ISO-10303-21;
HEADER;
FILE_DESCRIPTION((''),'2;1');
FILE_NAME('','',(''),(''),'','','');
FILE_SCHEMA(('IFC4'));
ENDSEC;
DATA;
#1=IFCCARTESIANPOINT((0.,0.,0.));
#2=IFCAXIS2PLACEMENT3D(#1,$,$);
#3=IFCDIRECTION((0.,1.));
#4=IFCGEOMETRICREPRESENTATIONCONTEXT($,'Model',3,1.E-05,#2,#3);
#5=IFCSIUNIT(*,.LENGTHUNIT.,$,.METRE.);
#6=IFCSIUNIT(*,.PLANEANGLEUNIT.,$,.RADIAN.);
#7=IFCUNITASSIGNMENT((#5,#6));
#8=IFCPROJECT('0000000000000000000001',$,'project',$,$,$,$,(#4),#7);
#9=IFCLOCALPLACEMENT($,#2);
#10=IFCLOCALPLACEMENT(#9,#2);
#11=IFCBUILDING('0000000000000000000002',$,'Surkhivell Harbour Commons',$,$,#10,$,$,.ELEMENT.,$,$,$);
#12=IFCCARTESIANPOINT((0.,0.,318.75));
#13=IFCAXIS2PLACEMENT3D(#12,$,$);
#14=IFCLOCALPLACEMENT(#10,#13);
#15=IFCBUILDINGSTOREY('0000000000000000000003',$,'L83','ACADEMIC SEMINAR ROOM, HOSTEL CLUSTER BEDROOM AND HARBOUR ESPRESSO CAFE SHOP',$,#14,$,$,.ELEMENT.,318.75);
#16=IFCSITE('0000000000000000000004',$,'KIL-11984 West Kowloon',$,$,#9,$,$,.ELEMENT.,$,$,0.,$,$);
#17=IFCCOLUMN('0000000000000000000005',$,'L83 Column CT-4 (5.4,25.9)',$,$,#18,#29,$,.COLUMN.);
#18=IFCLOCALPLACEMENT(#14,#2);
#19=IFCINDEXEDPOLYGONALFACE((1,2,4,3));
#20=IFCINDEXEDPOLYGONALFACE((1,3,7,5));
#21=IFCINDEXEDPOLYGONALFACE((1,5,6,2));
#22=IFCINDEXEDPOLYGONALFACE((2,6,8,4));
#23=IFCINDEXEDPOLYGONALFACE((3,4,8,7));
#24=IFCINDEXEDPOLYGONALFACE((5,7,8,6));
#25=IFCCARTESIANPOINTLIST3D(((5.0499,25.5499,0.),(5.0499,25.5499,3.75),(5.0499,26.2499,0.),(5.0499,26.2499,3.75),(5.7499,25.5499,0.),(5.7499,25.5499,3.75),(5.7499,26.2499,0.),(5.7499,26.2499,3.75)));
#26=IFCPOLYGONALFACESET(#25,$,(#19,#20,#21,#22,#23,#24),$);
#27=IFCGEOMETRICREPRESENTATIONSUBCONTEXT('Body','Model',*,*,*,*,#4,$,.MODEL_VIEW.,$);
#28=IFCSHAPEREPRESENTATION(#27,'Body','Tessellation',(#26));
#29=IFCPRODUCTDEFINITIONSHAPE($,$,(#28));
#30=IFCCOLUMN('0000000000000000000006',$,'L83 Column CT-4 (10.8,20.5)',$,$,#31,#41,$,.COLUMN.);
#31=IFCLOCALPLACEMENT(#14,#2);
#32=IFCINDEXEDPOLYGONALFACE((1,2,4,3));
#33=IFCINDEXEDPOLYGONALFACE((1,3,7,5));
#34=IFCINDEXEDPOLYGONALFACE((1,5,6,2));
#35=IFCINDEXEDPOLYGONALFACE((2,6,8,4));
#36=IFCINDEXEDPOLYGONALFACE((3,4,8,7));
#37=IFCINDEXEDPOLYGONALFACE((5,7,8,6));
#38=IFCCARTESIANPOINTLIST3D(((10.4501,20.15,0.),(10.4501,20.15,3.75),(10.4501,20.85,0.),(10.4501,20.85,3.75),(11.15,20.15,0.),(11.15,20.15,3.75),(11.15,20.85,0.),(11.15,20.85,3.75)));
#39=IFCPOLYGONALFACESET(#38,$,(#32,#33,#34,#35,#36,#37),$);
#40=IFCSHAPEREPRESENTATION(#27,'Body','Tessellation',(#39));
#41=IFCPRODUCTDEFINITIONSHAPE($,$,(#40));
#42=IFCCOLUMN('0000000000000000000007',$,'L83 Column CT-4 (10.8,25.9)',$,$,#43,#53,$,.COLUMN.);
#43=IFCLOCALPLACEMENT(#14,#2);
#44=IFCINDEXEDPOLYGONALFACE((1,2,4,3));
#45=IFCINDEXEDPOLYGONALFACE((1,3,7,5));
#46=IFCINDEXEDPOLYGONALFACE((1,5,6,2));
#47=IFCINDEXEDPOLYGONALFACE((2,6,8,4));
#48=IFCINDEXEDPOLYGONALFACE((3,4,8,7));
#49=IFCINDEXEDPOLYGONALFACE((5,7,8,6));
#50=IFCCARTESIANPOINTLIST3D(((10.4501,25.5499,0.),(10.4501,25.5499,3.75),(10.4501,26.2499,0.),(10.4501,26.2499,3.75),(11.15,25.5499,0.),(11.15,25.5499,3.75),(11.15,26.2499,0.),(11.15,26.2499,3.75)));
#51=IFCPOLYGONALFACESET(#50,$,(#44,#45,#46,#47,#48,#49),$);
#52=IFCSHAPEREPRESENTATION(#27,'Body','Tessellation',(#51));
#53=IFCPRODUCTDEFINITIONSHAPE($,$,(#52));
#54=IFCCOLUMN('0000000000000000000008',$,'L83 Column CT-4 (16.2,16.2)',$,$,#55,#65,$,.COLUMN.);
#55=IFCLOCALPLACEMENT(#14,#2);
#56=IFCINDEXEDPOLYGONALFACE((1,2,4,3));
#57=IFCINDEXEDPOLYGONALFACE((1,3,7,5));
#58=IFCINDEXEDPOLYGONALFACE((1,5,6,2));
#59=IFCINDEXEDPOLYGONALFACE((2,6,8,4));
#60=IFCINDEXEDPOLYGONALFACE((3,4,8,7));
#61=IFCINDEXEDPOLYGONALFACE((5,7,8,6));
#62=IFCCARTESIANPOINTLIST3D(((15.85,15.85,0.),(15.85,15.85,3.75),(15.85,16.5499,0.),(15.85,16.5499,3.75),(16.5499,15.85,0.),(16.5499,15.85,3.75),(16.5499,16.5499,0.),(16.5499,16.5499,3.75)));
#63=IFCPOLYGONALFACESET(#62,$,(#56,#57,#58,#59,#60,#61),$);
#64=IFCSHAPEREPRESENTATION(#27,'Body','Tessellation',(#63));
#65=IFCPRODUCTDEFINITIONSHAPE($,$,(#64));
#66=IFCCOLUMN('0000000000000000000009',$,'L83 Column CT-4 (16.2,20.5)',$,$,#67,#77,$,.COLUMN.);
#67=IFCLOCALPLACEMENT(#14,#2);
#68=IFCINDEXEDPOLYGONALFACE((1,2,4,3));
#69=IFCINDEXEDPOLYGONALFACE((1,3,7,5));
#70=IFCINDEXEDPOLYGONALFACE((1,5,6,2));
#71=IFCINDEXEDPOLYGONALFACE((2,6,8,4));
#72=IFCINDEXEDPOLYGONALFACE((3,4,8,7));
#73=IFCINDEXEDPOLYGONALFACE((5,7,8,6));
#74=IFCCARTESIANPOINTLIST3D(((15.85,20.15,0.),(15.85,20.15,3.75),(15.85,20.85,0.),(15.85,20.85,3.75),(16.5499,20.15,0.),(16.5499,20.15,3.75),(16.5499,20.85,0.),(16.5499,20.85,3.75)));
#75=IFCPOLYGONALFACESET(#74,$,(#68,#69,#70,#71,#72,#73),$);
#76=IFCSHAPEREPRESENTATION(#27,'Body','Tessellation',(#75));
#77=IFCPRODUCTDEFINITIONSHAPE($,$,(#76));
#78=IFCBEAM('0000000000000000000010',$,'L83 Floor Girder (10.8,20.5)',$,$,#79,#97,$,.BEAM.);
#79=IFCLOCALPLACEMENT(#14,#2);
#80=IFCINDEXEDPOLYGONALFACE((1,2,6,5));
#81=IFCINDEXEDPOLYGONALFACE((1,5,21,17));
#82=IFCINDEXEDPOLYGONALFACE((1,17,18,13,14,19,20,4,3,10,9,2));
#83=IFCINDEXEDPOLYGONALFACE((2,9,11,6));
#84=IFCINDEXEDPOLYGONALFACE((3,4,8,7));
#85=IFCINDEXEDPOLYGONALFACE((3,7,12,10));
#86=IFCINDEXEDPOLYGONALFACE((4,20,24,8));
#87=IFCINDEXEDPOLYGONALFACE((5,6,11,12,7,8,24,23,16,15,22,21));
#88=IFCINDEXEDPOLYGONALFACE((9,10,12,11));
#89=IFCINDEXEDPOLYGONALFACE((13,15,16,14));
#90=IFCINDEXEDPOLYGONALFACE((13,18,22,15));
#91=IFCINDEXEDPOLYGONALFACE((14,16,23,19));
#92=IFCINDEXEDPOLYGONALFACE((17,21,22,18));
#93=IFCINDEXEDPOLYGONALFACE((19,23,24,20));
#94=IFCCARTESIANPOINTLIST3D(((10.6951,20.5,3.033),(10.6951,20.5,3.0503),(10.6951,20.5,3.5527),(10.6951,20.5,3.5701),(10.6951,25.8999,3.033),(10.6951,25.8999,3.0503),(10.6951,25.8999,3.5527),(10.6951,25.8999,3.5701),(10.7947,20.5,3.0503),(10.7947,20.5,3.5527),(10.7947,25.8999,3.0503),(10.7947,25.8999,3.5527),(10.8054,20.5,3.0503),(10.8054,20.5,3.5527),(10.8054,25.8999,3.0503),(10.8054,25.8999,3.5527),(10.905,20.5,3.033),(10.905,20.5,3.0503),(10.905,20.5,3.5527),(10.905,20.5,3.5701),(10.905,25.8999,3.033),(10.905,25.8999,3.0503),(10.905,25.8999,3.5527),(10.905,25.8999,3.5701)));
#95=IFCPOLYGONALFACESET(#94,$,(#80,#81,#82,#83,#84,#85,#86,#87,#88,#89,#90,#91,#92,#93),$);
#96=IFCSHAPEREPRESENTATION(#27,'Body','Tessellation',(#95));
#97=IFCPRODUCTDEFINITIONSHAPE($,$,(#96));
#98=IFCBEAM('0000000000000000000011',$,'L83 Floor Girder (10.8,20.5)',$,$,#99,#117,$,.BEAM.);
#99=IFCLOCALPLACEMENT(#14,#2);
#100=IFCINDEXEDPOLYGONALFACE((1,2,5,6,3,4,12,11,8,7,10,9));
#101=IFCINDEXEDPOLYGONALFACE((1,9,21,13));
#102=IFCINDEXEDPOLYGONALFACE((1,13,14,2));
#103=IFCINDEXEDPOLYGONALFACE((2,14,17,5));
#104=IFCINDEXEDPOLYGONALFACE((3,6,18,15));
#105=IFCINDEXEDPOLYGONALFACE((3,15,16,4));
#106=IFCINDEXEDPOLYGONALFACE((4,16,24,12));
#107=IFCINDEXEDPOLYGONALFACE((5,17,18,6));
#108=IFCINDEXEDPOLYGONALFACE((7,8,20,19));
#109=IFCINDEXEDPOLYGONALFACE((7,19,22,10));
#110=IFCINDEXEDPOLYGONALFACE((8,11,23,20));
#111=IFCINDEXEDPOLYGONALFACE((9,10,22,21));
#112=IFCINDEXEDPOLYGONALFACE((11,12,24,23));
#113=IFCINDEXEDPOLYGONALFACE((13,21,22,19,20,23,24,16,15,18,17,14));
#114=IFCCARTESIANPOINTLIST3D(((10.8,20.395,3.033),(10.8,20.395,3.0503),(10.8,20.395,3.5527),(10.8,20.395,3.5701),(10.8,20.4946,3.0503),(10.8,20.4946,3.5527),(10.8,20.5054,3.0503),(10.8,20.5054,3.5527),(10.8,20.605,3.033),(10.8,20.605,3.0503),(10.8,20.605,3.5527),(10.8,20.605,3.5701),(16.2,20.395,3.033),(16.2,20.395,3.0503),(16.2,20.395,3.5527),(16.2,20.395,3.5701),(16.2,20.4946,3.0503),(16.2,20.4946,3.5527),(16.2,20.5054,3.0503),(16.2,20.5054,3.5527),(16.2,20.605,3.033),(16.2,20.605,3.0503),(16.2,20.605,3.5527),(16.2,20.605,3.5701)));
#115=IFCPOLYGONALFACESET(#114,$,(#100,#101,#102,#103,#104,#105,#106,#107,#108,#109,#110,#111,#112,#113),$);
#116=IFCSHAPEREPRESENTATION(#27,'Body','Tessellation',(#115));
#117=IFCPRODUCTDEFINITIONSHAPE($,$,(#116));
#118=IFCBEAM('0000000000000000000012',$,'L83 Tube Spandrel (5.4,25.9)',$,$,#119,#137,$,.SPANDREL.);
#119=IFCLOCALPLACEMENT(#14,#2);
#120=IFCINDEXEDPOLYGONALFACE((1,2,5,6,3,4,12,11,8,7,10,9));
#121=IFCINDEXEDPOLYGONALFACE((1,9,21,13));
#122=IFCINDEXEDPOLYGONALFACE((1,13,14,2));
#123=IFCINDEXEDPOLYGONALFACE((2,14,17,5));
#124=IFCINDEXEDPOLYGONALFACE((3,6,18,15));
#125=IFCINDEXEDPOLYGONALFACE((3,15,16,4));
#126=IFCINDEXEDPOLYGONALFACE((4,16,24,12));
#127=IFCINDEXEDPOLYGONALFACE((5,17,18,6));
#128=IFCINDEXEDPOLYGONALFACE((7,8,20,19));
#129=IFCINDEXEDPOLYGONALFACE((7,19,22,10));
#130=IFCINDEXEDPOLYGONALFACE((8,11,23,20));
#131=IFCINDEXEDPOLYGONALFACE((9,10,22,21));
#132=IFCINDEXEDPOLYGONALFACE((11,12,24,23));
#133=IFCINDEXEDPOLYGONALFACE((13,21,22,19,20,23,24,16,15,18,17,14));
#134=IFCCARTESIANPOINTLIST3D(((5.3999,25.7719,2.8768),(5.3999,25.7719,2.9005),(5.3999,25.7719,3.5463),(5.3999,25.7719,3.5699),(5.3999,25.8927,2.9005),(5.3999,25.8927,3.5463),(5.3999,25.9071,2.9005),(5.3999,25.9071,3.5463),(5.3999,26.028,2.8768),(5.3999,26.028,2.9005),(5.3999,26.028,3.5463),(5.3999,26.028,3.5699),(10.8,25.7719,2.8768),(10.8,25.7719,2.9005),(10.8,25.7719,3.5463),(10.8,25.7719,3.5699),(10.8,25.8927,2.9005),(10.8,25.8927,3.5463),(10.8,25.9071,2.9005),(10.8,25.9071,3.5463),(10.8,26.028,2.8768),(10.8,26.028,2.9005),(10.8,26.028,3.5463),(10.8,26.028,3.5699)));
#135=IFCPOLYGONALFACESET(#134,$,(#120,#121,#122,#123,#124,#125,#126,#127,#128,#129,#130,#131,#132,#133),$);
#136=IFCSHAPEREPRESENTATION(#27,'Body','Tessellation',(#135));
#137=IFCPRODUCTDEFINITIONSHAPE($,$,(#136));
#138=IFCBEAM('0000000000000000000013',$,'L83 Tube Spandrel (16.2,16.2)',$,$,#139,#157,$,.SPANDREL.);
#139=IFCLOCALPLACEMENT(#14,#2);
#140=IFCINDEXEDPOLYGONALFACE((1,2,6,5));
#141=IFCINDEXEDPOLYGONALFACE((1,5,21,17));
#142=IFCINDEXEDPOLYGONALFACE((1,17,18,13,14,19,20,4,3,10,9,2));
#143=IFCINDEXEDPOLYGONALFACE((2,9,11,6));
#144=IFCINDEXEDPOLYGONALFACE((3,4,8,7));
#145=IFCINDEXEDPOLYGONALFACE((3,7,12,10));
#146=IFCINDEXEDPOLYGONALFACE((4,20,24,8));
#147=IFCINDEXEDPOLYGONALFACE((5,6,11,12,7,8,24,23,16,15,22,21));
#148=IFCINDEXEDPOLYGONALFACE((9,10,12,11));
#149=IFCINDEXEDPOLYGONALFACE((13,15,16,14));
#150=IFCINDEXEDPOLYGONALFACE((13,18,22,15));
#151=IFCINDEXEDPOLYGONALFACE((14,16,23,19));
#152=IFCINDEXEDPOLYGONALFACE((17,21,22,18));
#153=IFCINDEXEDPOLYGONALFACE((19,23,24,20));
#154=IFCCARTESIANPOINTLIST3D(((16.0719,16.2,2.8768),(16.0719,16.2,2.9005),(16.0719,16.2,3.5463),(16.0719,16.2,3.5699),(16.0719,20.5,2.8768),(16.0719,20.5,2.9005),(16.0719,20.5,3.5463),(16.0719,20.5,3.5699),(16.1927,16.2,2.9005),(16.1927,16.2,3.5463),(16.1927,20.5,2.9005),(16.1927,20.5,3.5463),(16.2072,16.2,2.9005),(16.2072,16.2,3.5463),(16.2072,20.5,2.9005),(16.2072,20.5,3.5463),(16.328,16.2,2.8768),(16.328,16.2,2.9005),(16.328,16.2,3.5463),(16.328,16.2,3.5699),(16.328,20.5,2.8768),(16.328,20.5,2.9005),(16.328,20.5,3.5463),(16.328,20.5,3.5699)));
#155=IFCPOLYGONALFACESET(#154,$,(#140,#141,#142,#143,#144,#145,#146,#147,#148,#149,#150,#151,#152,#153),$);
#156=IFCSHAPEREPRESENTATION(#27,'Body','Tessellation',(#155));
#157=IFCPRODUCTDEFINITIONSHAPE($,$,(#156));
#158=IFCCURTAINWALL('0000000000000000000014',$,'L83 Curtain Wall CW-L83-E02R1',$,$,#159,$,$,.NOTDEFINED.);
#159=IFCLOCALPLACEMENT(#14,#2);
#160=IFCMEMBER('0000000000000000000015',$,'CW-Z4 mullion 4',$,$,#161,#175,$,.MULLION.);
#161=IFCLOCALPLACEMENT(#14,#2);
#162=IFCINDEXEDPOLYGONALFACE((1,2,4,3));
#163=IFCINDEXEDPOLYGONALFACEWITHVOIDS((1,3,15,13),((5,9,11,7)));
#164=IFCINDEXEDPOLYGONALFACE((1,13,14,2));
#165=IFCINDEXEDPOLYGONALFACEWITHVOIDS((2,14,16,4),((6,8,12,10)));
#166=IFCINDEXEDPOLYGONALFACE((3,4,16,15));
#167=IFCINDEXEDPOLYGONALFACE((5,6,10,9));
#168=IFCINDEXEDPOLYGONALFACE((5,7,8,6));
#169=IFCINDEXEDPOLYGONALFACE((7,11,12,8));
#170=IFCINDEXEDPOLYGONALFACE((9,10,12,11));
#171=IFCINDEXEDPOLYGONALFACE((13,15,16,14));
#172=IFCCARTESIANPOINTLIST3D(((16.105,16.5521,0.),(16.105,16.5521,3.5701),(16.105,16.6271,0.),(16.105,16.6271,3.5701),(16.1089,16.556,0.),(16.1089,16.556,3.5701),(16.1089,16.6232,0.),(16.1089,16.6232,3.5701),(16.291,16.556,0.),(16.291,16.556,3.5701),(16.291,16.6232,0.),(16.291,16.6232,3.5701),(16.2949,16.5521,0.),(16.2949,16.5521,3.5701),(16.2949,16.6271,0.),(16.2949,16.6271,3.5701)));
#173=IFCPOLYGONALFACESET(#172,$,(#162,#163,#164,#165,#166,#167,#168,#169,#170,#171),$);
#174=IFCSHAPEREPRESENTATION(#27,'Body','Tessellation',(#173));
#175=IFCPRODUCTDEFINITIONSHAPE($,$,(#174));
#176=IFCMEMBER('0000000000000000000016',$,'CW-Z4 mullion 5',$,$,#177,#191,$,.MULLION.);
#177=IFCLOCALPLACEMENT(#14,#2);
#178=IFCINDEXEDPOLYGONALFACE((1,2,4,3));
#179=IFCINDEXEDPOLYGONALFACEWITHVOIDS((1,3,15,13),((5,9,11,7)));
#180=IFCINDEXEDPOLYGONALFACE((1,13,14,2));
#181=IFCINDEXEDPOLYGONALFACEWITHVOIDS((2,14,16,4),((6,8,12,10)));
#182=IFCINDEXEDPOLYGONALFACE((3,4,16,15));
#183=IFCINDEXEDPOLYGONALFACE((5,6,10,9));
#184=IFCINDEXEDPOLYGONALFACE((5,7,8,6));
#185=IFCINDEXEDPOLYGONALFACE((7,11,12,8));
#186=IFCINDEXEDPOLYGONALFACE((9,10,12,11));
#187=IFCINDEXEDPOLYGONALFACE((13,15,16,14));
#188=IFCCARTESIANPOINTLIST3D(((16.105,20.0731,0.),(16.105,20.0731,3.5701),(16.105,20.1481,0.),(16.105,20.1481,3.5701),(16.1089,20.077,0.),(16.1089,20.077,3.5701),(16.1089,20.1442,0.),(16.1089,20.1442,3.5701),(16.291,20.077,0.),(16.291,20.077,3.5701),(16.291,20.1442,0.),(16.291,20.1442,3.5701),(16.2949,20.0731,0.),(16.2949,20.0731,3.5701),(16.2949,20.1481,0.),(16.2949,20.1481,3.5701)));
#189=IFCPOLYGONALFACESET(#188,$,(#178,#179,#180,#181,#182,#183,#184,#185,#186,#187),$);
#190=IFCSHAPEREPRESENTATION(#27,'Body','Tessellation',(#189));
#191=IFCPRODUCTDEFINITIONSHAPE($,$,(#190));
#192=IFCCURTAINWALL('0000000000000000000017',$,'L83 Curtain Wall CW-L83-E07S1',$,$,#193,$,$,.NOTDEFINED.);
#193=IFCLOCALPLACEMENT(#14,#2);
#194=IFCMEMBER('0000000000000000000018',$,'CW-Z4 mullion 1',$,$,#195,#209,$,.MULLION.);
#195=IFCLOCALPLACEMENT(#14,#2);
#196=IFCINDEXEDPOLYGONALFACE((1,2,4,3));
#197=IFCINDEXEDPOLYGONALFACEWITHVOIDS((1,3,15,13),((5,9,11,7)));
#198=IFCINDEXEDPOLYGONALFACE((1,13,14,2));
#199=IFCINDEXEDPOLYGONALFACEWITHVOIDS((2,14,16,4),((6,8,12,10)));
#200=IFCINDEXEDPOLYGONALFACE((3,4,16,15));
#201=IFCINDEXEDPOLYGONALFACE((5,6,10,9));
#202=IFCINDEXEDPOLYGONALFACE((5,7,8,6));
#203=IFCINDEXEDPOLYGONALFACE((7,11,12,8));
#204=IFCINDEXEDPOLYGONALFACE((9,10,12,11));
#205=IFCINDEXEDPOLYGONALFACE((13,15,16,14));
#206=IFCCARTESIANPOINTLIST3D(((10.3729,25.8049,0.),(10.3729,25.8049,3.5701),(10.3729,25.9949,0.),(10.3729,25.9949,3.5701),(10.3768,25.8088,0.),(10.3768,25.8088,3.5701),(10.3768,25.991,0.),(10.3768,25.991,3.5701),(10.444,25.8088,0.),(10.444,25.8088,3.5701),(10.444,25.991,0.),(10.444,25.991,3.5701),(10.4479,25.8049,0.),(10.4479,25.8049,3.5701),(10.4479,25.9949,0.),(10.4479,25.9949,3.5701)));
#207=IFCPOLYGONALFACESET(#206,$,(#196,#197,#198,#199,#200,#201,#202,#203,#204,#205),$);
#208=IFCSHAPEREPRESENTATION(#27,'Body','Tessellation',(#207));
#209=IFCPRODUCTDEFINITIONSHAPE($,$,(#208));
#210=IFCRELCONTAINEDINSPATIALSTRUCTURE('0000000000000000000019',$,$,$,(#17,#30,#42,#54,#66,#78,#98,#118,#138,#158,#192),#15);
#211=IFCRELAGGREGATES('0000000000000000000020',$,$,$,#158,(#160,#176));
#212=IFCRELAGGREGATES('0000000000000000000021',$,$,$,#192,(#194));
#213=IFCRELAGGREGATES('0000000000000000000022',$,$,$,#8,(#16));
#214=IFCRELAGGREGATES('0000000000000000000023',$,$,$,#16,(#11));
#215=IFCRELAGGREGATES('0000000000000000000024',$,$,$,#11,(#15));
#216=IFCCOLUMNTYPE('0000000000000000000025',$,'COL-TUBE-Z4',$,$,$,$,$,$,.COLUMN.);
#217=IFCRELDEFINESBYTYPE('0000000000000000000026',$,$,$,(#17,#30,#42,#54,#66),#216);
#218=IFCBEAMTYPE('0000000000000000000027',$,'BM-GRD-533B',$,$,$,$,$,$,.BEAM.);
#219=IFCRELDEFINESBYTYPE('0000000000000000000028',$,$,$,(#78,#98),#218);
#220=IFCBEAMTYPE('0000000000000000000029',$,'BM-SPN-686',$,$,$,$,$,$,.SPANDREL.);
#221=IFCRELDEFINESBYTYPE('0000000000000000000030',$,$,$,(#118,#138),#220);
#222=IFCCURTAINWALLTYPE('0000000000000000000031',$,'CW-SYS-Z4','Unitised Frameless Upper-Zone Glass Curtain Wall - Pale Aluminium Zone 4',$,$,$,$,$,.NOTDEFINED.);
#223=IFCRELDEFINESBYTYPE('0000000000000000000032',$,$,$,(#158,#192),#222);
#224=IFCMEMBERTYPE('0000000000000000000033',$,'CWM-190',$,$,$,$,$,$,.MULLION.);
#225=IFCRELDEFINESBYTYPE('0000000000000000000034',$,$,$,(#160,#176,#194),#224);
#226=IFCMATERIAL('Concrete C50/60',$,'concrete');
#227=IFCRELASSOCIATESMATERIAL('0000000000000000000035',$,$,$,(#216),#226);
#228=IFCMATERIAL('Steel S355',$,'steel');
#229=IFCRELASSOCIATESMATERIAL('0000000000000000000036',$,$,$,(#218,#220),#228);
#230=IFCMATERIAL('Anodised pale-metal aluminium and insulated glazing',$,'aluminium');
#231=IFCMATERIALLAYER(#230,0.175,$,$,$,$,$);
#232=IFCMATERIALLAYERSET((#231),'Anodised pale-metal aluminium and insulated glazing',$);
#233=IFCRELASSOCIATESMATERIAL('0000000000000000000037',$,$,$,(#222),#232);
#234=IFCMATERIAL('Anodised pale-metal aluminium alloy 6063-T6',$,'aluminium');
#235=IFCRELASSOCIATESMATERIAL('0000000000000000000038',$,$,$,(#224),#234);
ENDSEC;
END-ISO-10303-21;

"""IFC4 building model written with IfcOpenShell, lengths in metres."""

from ifc_helpers import new_model, si_unit, direction, frame, origin, origin_2d, place, context, subcontext, project, spatial, rectangle, hollow_rectangle, i_section, extrude, material, layer, layer_set, material_profile, profile_set, type_object, element, aggregate, save


model = new_model("IFC4")

# Units and contexts
model_context = context("Model", 3, precision=1e-05, world=origin(), true_north=direction((0.0, 1.0)))
body_context = subcontext(model_context, "Body", "Model", "MODEL_VIEW")
ifc_project = project(units=[si_unit("LENGTHUNIT", "METRE"), si_unit("PLANEANGLEUNIT", "RADIAN")], contexts=[model_context])

# Site, building, storey
site_placement = place(None, origin())
site = spatial("IfcSite", under=ifc_project, at=site_placement, Name="KIL-11984 West Kowloon", CompositionType="ELEMENT", RefElevation=0.0)
building_placement = place(site_placement, origin())
building = spatial("IfcBuilding", under=site, at=building_placement, Name="Surkhivell Harbour Commons", CompositionType="ELEMENT")
storey_placement = place(building_placement, frame((0.0, 0.0, 318.75)))
storey = spatial("IfcBuildingStorey", under=building, at=storey_placement, Name="L83", Description="ACADEMIC SEMINAR ROOM, HOSTEL CLUSTER BEDROOM AND HARBOUR ESPRESSO CAFE SHOP", CompositionType="ELEMENT", Elevation=318.75)

# Columns
ifc_material_1 = material(Name="Concrete C50/60", Category="concrete")
ifc_material_profile_1 = material_profile(ifc_material_1, rectangle(XDim=0.7, YDim=0.7, at=origin_2d()), Name="RC-COL-700x700")
ifc_profile_set_1 = profile_set([ifc_material_profile_1], Name="Concrete C50/60")
column_type = type_object("IfcColumnType", Name="COL-TUBE-Z4", PredefinedType="COLUMN", material=ifc_profile_set_1)
for number, where, z_axis, x_axis, name in (
    (1, (5.3999, 25.8999, 0.0), (0.0, 0.0, 1.0), (1.0, 0.0, 0.0), "L83 Column CT-4 (5.4,25.9)"),
    (2, (10.8, 20.5, 0.0), (0.0, 0.0, 1.0), (1.0, 0.0, 0.0), "L83 Column CT-4 (10.8,20.5)"),
    (3, (10.8, 25.8999, 0.0), (0.0, 0.0, 1.0), (1.0, 0.0, 0.0), "L83 Column CT-4 (10.8,25.9)"),
    (4, (16.2, 16.2, 0.0), (0.0, 0.0, 1.0), (1.0, 0.0, 0.0), "L83 Column CT-4 (16.2,16.2)"),
    (5, (16.2, 20.5, 0.0), (0.0, 0.0, 1.0), (1.0, 0.0, 0.0), "L83 Column CT-4 (16.2,20.5)"),
):
    element("IfcColumn", number, at=place(storey_placement, frame(where, z_axis=z_axis, x_axis=x_axis)), inside=storey, type_object=column_type, Name=name, PredefinedType="COLUMN", context=body_context, shape_type="SweptSolid", body=[
        extrude(rectangle(XDim=0.7, YDim=0.7, at=origin_2d()), origin(), (0.0, 0.0, 1.0), 3.75),
    ])

# Beams
ifc_material_2 = material(Name="Steel S355", Category="steel")
ifc_material_profile_2 = material_profile(ifc_material_2, i_section(OverallWidth=0.21, OverallDepth=0.5371, WebThickness=0.0107, FlangeThickness=0.0173, at=origin_2d()), Name="UB533x210x101")
ifc_profile_set_2 = profile_set([ifc_material_profile_2], Name="Steel S355")
beam_type_1 = type_object("IfcBeamType", Name="BM-GRD-533B", PredefinedType="BEAM", material=ifc_profile_set_2)
for number, where, z_axis, x_axis, name in (
    (6, (10.8, 20.5, 3.3015), (0.0, 1.0, 0.0), (-1.0, 0.0, 0.0), "L83 Floor Girder (10.8,20.5)"),
    (7, (10.8, 20.5, 3.3015), (1.0, 0.0, 0.0), (0.0, 1.0, 0.0), "L83 Floor Girder (10.8,20.5)"),
):
    element("IfcBeam", number, at=place(storey_placement, frame(where, z_axis=z_axis, x_axis=x_axis)), inside=storey, type_object=beam_type_1, Name=name, PredefinedType="BEAM", context=body_context, shape_type="SweptSolid", body=[
        extrude(i_section(OverallWidth=0.21, OverallDepth=0.5371, WebThickness=0.0107, FlangeThickness=0.0173, at=origin_2d()), origin(), (0.0, 0.0, 1.0), 5.3999),
    ])
ifc_material_profile_3 = material_profile(ifc_material_2, i_section(OverallWidth=0.2561, OverallDepth=0.6931, WebThickness=0.0144, FlangeThickness=0.0237, at=origin_2d()), Name="UB686x254x170")
ifc_profile_set_3 = profile_set([ifc_material_profile_3], Name="Steel S355")
beam_type_2 = type_object("IfcBeamType", Name="BM-SPN-686", PredefinedType="SPANDREL", material=ifc_profile_set_3)
beam_1_placement = place(storey_placement, frame((5.3999, 25.8999, 3.2234), z_axis=(1.0, 0.0, 0.0), x_axis=(0.0, 1.0, 0.0)))
element("IfcBeam", 8, at=beam_1_placement, inside=storey, type_object=beam_type_2, Name="L83 Tube Spandrel (5.4,25.9)", PredefinedType="SPANDREL", context=body_context, shape_type="SweptSolid", body=[
    extrude(i_section(OverallWidth=0.2561, OverallDepth=0.6931, WebThickness=0.0144, FlangeThickness=0.0237, at=origin_2d()), origin(), (0.0, 0.0, 1.0), 5.4001),
])
beam_2_placement = place(storey_placement, frame((16.2, 16.2, 3.2234), z_axis=(0.0, 1.0, 0.0), x_axis=(-1.0, 0.0, 0.0)))
element("IfcBeam", 9, at=beam_2_placement, inside=storey, type_object=beam_type_2, Name="L83 Tube Spandrel (16.2,16.2)", PredefinedType="SPANDREL", context=body_context, shape_type="SweptSolid", body=[
    extrude(i_section(OverallWidth=0.2561, OverallDepth=0.6931, WebThickness=0.0144, FlangeThickness=0.0237, at=origin_2d()), origin(), (0.0, 0.0, 1.0), 4.3),
])

# Curtain walls, members
ifc_material_3 = material(Name="Anodised pale-metal aluminium and insulated glazing", Category="aluminium")
ifc_layer_1 = layer(ifc_material_3, 0.175)
ifc_layer_set_1 = layer_set([ifc_layer_1], Name="Anodised pale-metal aluminium and insulated glazing")
curtain_wall_type = type_object("IfcCurtainWallType", Name="CW-SYS-Z4", Description="Unitised Frameless Upper-Zone Glass Curtain Wall - Pale Aluminium Zone 4", PredefinedType="NOTDEFINED", material=ifc_layer_set_1)
curtain_wall_1_placement = place(storey_placement, origin())
curtain_wall_1 = element("IfcCurtainWall", 10, at=curtain_wall_1_placement, inside=storey, type_object=curtain_wall_type, Name="L83 Curtain Wall CW-L83-E02R1", PredefinedType="NOTDEFINED")
ifc_material_4 = material(Name="Anodised pale-metal aluminium alloy 6063-T6", Category="aluminium")
ifc_material_profile_4 = material_profile(ifc_material_4, hollow_rectangle(XDim=0.075, YDim=0.1899, WallThickness=0.0039, at=origin_2d()), Name="ALU-MULL-75x190")
ifc_profile_set_4 = profile_set([ifc_material_profile_4], Name="Anodised pale-metal aluminium alloy 6063-T6")
member_type_1 = type_object("IfcMemberType", Name="CWM-190", PredefinedType="MULLION", material=ifc_profile_set_4)
member_1_placement = place(storey_placement, frame((16.2, 16.5896, 0.0), z_axis=(0.0, 0.0, 1.0), x_axis=(0.0, 1.0, 0.0)))
member_1 = element("IfcMember", 11, at=member_1_placement, type_object=member_type_1, Name="CW-Z4 mullion 4", PredefinedType="MULLION", context=body_context, shape_type="SweptSolid", body=[
    extrude(hollow_rectangle(XDim=0.075, YDim=0.1899, WallThickness=0.0039, at=origin_2d()), origin(), (0.0, 0.0, 1.0), 3.5701),
])
member_2_placement = place(storey_placement, frame((16.2, 20.1106, 0.0), z_axis=(0.0, 0.0, 1.0), x_axis=(0.0, 1.0, 0.0)))
member_2 = element("IfcMember", 12, at=member_2_placement, type_object=member_type_1, Name="CW-Z4 mullion 5", PredefinedType="MULLION", context=body_context, shape_type="SweptSolid", body=[
    extrude(hollow_rectangle(XDim=0.075, YDim=0.1899, WallThickness=0.0039, at=origin_2d()), origin(), (0.0, 0.0, 1.0), 3.5701),
])
curtain_wall_2_placement = place(storey_placement, origin())
curtain_wall_2 = element("IfcCurtainWall", 13, at=curtain_wall_2_placement, inside=storey, type_object=curtain_wall_type, Name="L83 Curtain Wall CW-L83-E07S1", PredefinedType="NOTDEFINED")
member_3_placement = place(storey_placement, frame((10.4104, 25.8999, 0.0), z_axis=(0.0, 0.0, 1.0), x_axis=(-1.0, 0.0, 0.0)))
member_3 = element("IfcMember", 14, at=member_3_placement, type_object=member_type_1, Name="CW-Z4 mullion 1", PredefinedType="MULLION", context=body_context, shape_type="SweptSolid", body=[
    extrude(hollow_rectangle(XDim=0.075, YDim=0.1899, WallThickness=0.0039, at=origin_2d()), origin(), (0.0, 0.0, 1.0), 3.5701),
])

aggregate(curtain_wall_1, [member_1, member_2])
aggregate(curtain_wall_2, [member_3])

save(model, "model.ifc")
